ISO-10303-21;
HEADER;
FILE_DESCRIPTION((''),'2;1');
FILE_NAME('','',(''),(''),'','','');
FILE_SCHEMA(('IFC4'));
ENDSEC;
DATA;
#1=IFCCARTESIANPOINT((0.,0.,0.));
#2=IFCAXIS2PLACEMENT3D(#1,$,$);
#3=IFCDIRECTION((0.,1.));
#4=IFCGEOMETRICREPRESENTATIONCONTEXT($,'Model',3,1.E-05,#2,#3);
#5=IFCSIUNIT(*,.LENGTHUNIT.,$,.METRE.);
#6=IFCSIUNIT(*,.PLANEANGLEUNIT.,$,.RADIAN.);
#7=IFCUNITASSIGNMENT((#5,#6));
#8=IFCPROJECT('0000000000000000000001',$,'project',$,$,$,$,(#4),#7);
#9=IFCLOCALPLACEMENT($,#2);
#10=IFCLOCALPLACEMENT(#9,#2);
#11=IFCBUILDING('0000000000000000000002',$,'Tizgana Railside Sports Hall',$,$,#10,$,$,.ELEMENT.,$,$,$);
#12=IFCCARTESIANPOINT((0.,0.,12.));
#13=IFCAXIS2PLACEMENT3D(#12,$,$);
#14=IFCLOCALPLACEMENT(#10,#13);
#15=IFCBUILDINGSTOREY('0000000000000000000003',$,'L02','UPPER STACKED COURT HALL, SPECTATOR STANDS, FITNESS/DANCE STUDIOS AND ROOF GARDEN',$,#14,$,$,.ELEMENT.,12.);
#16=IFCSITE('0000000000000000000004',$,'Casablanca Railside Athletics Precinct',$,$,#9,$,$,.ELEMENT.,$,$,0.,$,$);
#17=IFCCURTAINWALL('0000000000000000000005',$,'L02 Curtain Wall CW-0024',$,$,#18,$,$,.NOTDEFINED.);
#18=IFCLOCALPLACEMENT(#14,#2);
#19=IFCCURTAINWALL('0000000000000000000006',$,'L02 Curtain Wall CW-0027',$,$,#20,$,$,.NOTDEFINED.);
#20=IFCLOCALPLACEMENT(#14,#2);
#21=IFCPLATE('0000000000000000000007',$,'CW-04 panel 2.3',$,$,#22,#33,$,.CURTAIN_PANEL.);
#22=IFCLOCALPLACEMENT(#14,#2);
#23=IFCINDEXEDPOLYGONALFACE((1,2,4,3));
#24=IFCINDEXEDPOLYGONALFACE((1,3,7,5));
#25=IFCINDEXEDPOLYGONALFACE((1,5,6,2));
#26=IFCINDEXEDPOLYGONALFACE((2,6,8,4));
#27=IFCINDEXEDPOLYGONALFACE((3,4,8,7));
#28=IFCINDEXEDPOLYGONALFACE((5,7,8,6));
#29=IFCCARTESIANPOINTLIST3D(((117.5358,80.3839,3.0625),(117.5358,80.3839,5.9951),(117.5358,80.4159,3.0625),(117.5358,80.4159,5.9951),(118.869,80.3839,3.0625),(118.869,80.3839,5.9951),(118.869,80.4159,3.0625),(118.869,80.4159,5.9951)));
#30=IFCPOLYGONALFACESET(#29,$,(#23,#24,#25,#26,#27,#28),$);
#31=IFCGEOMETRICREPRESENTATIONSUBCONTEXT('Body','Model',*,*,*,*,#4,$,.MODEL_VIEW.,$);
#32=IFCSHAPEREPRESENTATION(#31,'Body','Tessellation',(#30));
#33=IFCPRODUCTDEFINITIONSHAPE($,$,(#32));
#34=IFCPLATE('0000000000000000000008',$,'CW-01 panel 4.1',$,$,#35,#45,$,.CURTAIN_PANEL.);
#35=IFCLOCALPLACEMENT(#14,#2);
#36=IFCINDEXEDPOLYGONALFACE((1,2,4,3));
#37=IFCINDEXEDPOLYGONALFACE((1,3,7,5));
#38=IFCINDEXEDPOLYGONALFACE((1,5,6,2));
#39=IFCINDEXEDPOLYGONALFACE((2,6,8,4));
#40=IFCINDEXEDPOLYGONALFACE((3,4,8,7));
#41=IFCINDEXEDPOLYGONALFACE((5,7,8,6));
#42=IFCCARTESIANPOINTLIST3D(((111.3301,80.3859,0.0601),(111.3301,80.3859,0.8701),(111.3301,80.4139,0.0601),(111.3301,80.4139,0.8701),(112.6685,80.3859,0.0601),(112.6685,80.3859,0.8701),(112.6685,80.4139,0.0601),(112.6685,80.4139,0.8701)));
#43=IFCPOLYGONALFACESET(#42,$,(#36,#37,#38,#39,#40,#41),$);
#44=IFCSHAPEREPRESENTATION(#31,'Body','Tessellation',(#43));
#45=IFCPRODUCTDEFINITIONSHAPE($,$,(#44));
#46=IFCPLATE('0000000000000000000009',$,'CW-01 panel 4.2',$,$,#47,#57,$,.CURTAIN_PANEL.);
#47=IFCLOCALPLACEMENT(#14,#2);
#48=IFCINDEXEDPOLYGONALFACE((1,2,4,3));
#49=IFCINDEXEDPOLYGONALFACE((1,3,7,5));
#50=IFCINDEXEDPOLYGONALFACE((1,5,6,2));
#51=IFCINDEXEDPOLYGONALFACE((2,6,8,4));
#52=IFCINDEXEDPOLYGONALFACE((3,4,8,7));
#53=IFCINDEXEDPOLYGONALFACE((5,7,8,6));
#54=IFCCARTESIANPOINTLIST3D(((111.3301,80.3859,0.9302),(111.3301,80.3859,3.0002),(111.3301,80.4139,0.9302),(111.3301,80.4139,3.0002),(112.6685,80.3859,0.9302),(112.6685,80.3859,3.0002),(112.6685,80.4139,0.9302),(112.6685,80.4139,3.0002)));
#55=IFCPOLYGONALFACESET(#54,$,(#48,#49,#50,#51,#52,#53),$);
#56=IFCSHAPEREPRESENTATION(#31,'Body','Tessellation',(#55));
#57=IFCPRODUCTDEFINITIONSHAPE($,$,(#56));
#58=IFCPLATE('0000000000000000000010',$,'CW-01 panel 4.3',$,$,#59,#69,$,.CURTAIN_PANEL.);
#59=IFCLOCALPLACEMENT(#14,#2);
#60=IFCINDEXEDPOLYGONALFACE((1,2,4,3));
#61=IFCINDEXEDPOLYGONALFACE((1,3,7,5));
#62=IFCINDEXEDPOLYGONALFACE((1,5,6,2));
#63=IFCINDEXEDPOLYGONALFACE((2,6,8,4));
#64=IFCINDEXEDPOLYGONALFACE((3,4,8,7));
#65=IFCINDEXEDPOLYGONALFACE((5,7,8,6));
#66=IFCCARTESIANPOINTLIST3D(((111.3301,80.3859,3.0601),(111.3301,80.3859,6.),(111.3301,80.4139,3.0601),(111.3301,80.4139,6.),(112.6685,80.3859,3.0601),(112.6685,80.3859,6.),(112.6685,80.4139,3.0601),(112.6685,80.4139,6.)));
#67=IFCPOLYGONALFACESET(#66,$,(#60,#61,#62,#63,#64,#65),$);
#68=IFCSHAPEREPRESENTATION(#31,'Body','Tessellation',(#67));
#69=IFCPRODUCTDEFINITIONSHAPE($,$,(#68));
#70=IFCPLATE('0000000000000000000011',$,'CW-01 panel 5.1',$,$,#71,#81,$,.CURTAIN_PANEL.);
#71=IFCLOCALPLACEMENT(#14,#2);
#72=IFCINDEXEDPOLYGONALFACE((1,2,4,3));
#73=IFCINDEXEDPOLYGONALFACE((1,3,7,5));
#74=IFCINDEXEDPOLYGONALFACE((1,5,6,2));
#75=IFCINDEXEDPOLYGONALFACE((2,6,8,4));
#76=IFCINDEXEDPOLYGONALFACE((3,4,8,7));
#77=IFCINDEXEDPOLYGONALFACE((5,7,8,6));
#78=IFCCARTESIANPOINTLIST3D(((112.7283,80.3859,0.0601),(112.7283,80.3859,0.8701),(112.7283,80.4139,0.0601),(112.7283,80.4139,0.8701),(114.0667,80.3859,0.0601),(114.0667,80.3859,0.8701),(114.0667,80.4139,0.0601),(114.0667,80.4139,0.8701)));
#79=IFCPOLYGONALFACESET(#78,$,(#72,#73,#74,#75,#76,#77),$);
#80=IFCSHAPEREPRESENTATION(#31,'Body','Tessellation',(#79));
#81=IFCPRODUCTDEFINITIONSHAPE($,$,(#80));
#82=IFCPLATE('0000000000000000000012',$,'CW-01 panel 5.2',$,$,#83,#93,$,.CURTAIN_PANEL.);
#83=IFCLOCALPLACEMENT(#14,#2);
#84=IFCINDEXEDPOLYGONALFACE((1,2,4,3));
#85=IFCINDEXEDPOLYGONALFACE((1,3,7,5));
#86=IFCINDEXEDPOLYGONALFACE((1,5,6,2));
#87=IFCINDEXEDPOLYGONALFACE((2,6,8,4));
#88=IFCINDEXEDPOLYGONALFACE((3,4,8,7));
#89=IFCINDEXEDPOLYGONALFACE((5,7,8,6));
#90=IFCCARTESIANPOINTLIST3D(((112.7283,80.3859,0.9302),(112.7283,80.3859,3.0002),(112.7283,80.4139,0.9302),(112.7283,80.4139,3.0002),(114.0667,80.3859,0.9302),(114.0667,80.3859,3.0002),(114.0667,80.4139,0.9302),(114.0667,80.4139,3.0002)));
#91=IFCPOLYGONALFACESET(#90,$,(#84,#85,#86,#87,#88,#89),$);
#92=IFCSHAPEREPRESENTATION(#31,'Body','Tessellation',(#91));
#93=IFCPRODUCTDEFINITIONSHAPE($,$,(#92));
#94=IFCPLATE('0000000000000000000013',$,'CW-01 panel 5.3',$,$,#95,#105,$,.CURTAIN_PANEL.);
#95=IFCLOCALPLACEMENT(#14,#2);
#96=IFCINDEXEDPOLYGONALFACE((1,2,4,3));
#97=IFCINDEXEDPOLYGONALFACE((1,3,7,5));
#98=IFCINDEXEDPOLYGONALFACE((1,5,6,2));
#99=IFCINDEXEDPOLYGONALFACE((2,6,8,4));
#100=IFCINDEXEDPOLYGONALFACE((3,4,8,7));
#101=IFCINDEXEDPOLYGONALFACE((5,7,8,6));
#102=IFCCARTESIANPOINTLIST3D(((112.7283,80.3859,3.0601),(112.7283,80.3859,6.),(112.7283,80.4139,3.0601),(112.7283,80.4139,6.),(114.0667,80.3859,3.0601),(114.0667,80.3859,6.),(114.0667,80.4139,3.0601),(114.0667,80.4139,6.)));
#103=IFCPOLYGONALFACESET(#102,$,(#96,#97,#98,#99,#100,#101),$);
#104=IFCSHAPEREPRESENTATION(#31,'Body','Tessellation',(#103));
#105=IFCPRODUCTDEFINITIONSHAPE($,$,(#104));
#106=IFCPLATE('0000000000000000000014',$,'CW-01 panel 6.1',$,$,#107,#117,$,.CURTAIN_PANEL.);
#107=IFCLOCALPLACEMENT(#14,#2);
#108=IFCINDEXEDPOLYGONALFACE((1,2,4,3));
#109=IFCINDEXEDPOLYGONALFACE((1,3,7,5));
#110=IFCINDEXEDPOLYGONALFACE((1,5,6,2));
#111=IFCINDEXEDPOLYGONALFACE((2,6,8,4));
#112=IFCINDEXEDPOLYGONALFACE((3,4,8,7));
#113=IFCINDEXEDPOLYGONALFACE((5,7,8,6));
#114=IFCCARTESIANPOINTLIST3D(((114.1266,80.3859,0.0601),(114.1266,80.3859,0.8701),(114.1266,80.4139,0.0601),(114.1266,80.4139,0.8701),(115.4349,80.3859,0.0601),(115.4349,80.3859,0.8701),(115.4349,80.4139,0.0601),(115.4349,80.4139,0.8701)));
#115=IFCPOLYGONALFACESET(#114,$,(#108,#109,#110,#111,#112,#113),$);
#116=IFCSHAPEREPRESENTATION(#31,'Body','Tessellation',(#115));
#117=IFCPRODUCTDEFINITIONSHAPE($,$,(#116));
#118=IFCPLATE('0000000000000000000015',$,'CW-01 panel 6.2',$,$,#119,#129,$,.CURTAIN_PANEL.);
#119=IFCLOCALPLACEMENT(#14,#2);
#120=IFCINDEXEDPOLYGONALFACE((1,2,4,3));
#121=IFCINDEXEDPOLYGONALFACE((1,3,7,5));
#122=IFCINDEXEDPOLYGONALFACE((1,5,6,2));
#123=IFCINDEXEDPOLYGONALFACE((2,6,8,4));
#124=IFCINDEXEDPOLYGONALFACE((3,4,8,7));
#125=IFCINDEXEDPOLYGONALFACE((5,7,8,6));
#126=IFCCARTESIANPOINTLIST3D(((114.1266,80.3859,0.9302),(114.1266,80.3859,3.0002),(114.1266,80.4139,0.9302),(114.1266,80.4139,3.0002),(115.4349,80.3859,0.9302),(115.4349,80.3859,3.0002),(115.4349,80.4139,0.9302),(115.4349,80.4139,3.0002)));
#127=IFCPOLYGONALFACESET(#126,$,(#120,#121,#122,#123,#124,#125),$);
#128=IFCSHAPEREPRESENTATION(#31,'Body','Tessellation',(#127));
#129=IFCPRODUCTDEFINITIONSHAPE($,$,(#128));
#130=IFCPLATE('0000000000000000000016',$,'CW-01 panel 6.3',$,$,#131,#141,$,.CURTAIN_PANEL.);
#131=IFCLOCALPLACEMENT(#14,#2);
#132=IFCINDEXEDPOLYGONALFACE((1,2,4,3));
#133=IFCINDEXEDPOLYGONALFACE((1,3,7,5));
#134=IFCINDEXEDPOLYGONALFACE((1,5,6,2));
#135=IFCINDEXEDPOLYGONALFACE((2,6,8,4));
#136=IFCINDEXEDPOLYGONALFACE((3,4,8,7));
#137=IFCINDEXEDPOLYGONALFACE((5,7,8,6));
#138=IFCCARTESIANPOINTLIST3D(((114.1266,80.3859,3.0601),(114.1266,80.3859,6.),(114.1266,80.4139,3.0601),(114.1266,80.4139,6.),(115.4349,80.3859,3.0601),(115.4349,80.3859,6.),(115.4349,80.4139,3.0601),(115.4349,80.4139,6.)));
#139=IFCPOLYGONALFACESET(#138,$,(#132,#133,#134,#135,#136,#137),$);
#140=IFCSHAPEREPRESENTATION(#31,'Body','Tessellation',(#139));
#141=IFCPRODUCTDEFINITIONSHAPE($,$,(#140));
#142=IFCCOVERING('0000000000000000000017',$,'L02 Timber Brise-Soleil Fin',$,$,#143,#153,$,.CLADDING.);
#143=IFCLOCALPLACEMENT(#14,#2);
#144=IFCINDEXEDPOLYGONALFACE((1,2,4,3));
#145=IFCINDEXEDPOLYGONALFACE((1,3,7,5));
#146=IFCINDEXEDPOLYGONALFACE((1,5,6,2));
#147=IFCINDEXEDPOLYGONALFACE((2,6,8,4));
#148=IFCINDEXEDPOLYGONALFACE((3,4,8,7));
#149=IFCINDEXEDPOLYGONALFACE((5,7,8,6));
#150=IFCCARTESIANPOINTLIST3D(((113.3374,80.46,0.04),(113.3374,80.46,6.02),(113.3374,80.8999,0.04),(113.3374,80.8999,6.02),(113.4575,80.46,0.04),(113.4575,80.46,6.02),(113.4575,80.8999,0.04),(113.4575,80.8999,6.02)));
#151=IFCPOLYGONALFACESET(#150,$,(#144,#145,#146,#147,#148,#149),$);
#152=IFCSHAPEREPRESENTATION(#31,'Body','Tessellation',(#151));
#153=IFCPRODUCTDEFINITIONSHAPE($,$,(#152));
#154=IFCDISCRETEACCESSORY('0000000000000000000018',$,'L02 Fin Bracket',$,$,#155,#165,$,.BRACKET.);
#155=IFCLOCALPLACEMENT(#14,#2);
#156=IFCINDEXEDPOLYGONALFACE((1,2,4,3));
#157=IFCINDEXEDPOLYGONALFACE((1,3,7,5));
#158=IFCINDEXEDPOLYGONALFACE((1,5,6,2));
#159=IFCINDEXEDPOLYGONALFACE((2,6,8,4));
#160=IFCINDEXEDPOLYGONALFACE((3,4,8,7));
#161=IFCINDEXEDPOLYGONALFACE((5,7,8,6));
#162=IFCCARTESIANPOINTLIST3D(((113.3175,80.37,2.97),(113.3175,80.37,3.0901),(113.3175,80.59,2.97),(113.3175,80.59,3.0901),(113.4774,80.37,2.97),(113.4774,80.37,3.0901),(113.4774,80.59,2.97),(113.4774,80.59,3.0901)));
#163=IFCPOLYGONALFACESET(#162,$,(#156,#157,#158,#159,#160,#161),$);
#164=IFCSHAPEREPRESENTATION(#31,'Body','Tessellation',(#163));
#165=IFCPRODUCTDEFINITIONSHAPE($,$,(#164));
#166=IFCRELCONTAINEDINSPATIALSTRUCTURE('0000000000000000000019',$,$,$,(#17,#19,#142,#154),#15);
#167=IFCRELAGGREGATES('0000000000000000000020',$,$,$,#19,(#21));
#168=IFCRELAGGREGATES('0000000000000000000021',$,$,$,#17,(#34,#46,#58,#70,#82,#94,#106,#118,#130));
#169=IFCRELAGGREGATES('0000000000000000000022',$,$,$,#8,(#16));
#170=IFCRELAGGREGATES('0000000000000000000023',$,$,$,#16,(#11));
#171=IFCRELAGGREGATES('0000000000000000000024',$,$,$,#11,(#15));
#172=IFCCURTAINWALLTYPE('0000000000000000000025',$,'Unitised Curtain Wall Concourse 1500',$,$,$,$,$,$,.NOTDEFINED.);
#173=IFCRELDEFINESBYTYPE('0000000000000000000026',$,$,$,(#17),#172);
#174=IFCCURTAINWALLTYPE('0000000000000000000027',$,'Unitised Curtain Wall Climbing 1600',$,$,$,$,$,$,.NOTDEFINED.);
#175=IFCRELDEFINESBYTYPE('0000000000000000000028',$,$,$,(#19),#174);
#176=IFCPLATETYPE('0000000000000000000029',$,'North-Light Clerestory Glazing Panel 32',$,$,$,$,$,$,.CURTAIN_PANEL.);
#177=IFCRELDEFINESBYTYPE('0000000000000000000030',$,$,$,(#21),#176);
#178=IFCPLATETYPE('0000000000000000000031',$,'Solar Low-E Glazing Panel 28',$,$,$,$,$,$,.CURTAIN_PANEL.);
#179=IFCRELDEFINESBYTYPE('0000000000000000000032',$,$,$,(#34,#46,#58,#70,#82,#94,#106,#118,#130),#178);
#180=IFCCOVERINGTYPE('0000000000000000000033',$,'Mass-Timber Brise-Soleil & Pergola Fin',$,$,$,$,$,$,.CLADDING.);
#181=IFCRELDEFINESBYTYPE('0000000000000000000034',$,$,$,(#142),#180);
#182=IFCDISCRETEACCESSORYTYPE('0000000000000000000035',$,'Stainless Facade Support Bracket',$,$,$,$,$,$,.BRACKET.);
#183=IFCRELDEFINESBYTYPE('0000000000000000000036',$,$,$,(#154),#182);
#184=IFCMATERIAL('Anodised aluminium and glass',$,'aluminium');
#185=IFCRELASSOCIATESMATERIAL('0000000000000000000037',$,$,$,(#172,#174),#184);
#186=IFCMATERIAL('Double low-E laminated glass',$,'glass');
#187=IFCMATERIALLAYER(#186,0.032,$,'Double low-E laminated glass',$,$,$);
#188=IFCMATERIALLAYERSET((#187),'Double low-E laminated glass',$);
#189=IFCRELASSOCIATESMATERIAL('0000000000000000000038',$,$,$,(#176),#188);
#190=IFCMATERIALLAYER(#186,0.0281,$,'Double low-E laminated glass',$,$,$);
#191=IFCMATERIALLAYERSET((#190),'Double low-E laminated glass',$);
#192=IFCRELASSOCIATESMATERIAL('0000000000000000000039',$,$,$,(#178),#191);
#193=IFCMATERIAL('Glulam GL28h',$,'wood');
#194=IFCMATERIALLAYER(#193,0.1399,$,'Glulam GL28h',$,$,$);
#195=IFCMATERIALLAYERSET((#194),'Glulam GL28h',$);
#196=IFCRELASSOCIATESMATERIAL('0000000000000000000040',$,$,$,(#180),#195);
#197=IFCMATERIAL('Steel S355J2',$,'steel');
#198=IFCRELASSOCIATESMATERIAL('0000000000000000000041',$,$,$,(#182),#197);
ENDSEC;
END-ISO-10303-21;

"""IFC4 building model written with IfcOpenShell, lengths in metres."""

from ifc_helpers import new_model, si_unit, direction, frame, origin, origin_2d, place, context, subcontext, project, spatial, rectangle, extrude, material, layer, layer_set, type_object, element, aggregate, save


model = new_model("IFC4")

# Units and contexts
model_context = context("Model", 3, precision=1e-05, world=origin(), true_north=direction((0.0, 1.0)))
body_context = subcontext(model_context, "Body", "Model", "MODEL_VIEW")
ifc_project = project(units=[si_unit("LENGTHUNIT", "METRE"), si_unit("PLANEANGLEUNIT", "RADIAN")], contexts=[model_context])

# Site, building, storey
site_placement = place(None, origin())
site = spatial("IfcSite", under=ifc_project, at=site_placement, Name="Casablanca Railside Athletics Precinct", CompositionType="ELEMENT", RefElevation=0.0)
building_placement = place(site_placement, origin())
building = spatial("IfcBuilding", under=site, at=building_placement, Name="Tizgana Railside Sports Hall", CompositionType="ELEMENT")
storey_placement = place(building_placement, frame((0.0, 0.0, 12.0)))
storey = spatial("IfcBuildingStorey", under=building, at=storey_placement, Name="L02", Description="UPPER STACKED COURT HALL, SPECTATOR STANDS, FITNESS/DANCE STUDIOS AND ROOF GARDEN", CompositionType="ELEMENT", Elevation=12.0)

# Curtain walls
ifc_material_1 = material(Name="Anodised aluminium and glass", Category="aluminium")
curtain_wall_type_1 = type_object("IfcCurtainWallType", Name="Unitised Curtain Wall Concourse 1500", PredefinedType="NOTDEFINED", material=ifc_material_1)
curtain_wall_1_placement = place(storey_placement, origin())
curtain_wall_1 = element("IfcCurtainWall", 1, at=curtain_wall_1_placement, inside=storey, type_object=curtain_wall_type_1, Name="L02 Curtain Wall CW-0024", PredefinedType="NOTDEFINED")
curtain_wall_type_2 = type_object("IfcCurtainWallType", Name="Unitised Curtain Wall Climbing 1600", PredefinedType="NOTDEFINED", material=ifc_material_1)
curtain_wall_2_placement = place(storey_placement, origin())
curtain_wall_2 = element("IfcCurtainWall", 2, at=curtain_wall_2_placement, inside=storey, type_object=curtain_wall_type_2, Name="L02 Curtain Wall CW-0027", PredefinedType="NOTDEFINED")

# Plates
ifc_material_2 = material(Name="Double low-E laminated glass", Category="glass")
ifc_layer_1 = layer(ifc_material_2, 0.032, Name="Double low-E laminated glass")
ifc_layer_set_1 = layer_set([ifc_layer_1], Name="Double low-E laminated glass")
plate_type_1 = type_object("IfcPlateType", Name="North-Light Clerestory Glazing Panel 32", PredefinedType="CURTAIN_PANEL", material=ifc_layer_set_1)
plate_1_placement = place(storey_placement, frame((118.2024, 80.3999, 3.0625), z_axis=(0.0, 0.0, 1.0), x_axis=(1.0, 0.0, 0.0)))
plate_1 = element("IfcPlate", 3, at=plate_1_placement, type_object=plate_type_1, Name="CW-04 panel 2.3", PredefinedType="CURTAIN_PANEL", context=body_context, shape_type="SweptSolid", body=[
    extrude(rectangle(XDim=1.3333, YDim=0.032, at=origin_2d()), origin(), (0.0, 0.0, 1.0), 2.9326),
])
aggregate(curtain_wall_2, [plate_1])
ifc_layer_2 = layer(ifc_material_2, 0.0281, Name="Double low-E laminated glass")
ifc_layer_set_2 = layer_set([ifc_layer_2], Name="Double low-E laminated glass")
plate_type_2 = type_object("IfcPlateType", Name="Solar Low-E Glazing Panel 28", PredefinedType="CURTAIN_PANEL", material=ifc_layer_set_2)
plate_2_placement = place(storey_placement, frame((111.9993, 80.3999, 0.0601), z_axis=(0.0, 0.0, 1.0), x_axis=(1.0, 0.0, 0.0)))
plate_2 = element("IfcPlate", 4, at=plate_2_placement, type_object=plate_type_2, Name="CW-01 panel 4.1", PredefinedType="CURTAIN_PANEL", context=body_context, shape_type="SweptSolid", body=[
    extrude(rectangle(XDim=1.3384, YDim=0.0281, at=origin_2d()), origin(), (0.0, 0.0, 1.0), 0.8101),
])
plate_3_placement = place(storey_placement, frame((111.9993, 80.3999, 0.9302), z_axis=(0.0, 0.0, 1.0), x_axis=(1.0, 0.0, 0.0)))
plate_3 = element("IfcPlate", 5, at=plate_3_placement, type_object=plate_type_2, Name="CW-01 panel 4.2", PredefinedType="CURTAIN_PANEL", context=body_context, shape_type="SweptSolid", body=[
    extrude(rectangle(XDim=1.3384, YDim=0.0281, at=origin_2d()), origin(), (0.0, 0.0, 1.0), 2.0701),
])
plate_4_placement = place(storey_placement, frame((111.9993, 80.3999, 3.0601), z_axis=(0.0, 0.0, 1.0), x_axis=(1.0, 0.0, 0.0)))
plate_4 = element("IfcPlate", 6, at=plate_4_placement, type_object=plate_type_2, Name="CW-01 panel 4.3", PredefinedType="CURTAIN_PANEL", context=body_context, shape_type="SweptSolid", body=[
    extrude(rectangle(XDim=1.3384, YDim=0.0281, at=origin_2d()), origin(), (0.0, 0.0, 1.0), 2.9399),
])
plate_5_placement = place(storey_placement, frame((113.3975, 80.3999, 0.0601), z_axis=(0.0, 0.0, 1.0), x_axis=(1.0, 0.0, 0.0)))
plate_5 = element("IfcPlate", 7, at=plate_5_placement, type_object=plate_type_2, Name="CW-01 panel 5.1", PredefinedType="CURTAIN_PANEL", context=body_context, shape_type="SweptSolid", body=[
    extrude(rectangle(XDim=1.3384, YDim=0.0281, at=origin_2d()), origin(), (0.0, 0.0, 1.0), 0.8101),
])
plate_6_placement = place(storey_placement, frame((113.3975, 80.3999, 0.9302), z_axis=(0.0, 0.0, 1.0), x_axis=(1.0, 0.0, 0.0)))
plate_6 = element("IfcPlate", 8, at=plate_6_placement, type_object=plate_type_2, Name="CW-01 panel 5.2", PredefinedType="CURTAIN_PANEL", context=body_context, shape_type="SweptSolid", body=[
    extrude(rectangle(XDim=1.3384, YDim=0.0281, at=origin_2d()), origin(), (0.0, 0.0, 1.0), 2.0701),
])
plate_7_placement = place(storey_placement, frame((113.3975, 80.3999, 3.0601), z_axis=(0.0, 0.0, 1.0), x_axis=(1.0, 0.0, 0.0)))
plate_7 = element("IfcPlate", 9, at=plate_7_placement, type_object=plate_type_2, Name="CW-01 panel 5.3", PredefinedType="CURTAIN_PANEL", context=body_context, shape_type="SweptSolid", body=[
    extrude(rectangle(XDim=1.3384, YDim=0.0281, at=origin_2d()), origin(), (0.0, 0.0, 1.0), 2.9399),
])
plate_8_placement = place(storey_placement, frame((114.7808, 80.3999, 0.0601), z_axis=(0.0, 0.0, 1.0), x_axis=(1.0, 0.0, 0.0)))
plate_8 = element("IfcPlate", 10, at=plate_8_placement, type_object=plate_type_2, Name="CW-01 panel 6.1", PredefinedType="CURTAIN_PANEL", context=body_context, shape_type="SweptSolid", body=[
    extrude(rectangle(XDim=1.3083, YDim=0.0281, at=origin_2d()), origin(), (0.0, 0.0, 1.0), 0.8101),
])
plate_9_placement = place(storey_placement, frame((114.7808, 80.3999, 0.9302), z_axis=(0.0, 0.0, 1.0), x_axis=(1.0, 0.0, 0.0)))
plate_9 = element("IfcPlate", 11, at=plate_9_placement, type_object=plate_type_2, Name="CW-01 panel 6.2", PredefinedType="CURTAIN_PANEL", context=body_context, shape_type="SweptSolid", body=[
    extrude(rectangle(XDim=1.3083, YDim=0.0281, at=origin_2d()), origin(), (0.0, 0.0, 1.0), 2.0701),
])
plate_10_placement = place(storey_placement, frame((114.7808, 80.3999, 3.0601), z_axis=(0.0, 0.0, 1.0), x_axis=(1.0, 0.0, 0.0)))
plate_10 = element("IfcPlate", 12, at=plate_10_placement, type_object=plate_type_2, Name="CW-01 panel 6.3", PredefinedType="CURTAIN_PANEL", context=body_context, shape_type="SweptSolid", body=[
    extrude(rectangle(XDim=1.3083, YDim=0.0281, at=origin_2d()), origin(), (0.0, 0.0, 1.0), 2.9399),
])
aggregate(curtain_wall_1, [plate_2, plate_3, plate_4, plate_5, plate_6, plate_7, plate_8, plate_9, plate_10])

# Covering
ifc_material_3 = material(Name="Glulam GL28h", Category="wood")
ifc_layer_3 = layer(ifc_material_3, 0.1399, Name="Glulam GL28h")
ifc_layer_set_3 = layer_set([ifc_layer_3], Name="Glulam GL28h")
covering_type = type_object("IfcCoveringType", Name="Mass-Timber Brise-Soleil & Pergola Fin", PredefinedType="CLADDING", material=ifc_layer_set_3)
covering_placement = place(storey_placement, frame((113.3975, 80.6799, 0.04), z_axis=(0.0, 0.0, 1.0), x_axis=(1.0, 0.0, 0.0)))
element("IfcCovering", 13, at=covering_placement, inside=storey, type_object=covering_type, Name="L02 Timber Brise-Soleil Fin", PredefinedType="CLADDING", context=body_context, shape_type="SweptSolid", body=[
    extrude(rectangle(XDim=0.1201, YDim=0.4399, at=origin_2d()), origin(), (0.0, 0.0, 1.0), 5.98),
])

# Discrete accessory
ifc_material_4 = material(Name="Steel S355J2", Category="steel")
discrete_accessory_type = type_object("IfcDiscreteAccessoryType", Name="Stainless Facade Support Bracket", PredefinedType="BRACKET", material=ifc_material_4)
discrete_accessory_placement = place(storey_placement, frame((113.3975, 80.48, 2.97), z_axis=(0.0, 0.0, 1.0), x_axis=(1.0, 0.0, 0.0)))
element("IfcDiscreteAccessory", 14, at=discrete_accessory_placement, inside=storey, type_object=discrete_accessory_type, Name="L02 Fin Bracket", PredefinedType="BRACKET", context=body_context, shape_type="SweptSolid", body=[
    extrude(rectangle(XDim=0.1599, YDim=0.22, at=origin_2d()), origin(), (0.0, 0.0, 1.0), 0.1201),
])

save(model, "model.ifc")
